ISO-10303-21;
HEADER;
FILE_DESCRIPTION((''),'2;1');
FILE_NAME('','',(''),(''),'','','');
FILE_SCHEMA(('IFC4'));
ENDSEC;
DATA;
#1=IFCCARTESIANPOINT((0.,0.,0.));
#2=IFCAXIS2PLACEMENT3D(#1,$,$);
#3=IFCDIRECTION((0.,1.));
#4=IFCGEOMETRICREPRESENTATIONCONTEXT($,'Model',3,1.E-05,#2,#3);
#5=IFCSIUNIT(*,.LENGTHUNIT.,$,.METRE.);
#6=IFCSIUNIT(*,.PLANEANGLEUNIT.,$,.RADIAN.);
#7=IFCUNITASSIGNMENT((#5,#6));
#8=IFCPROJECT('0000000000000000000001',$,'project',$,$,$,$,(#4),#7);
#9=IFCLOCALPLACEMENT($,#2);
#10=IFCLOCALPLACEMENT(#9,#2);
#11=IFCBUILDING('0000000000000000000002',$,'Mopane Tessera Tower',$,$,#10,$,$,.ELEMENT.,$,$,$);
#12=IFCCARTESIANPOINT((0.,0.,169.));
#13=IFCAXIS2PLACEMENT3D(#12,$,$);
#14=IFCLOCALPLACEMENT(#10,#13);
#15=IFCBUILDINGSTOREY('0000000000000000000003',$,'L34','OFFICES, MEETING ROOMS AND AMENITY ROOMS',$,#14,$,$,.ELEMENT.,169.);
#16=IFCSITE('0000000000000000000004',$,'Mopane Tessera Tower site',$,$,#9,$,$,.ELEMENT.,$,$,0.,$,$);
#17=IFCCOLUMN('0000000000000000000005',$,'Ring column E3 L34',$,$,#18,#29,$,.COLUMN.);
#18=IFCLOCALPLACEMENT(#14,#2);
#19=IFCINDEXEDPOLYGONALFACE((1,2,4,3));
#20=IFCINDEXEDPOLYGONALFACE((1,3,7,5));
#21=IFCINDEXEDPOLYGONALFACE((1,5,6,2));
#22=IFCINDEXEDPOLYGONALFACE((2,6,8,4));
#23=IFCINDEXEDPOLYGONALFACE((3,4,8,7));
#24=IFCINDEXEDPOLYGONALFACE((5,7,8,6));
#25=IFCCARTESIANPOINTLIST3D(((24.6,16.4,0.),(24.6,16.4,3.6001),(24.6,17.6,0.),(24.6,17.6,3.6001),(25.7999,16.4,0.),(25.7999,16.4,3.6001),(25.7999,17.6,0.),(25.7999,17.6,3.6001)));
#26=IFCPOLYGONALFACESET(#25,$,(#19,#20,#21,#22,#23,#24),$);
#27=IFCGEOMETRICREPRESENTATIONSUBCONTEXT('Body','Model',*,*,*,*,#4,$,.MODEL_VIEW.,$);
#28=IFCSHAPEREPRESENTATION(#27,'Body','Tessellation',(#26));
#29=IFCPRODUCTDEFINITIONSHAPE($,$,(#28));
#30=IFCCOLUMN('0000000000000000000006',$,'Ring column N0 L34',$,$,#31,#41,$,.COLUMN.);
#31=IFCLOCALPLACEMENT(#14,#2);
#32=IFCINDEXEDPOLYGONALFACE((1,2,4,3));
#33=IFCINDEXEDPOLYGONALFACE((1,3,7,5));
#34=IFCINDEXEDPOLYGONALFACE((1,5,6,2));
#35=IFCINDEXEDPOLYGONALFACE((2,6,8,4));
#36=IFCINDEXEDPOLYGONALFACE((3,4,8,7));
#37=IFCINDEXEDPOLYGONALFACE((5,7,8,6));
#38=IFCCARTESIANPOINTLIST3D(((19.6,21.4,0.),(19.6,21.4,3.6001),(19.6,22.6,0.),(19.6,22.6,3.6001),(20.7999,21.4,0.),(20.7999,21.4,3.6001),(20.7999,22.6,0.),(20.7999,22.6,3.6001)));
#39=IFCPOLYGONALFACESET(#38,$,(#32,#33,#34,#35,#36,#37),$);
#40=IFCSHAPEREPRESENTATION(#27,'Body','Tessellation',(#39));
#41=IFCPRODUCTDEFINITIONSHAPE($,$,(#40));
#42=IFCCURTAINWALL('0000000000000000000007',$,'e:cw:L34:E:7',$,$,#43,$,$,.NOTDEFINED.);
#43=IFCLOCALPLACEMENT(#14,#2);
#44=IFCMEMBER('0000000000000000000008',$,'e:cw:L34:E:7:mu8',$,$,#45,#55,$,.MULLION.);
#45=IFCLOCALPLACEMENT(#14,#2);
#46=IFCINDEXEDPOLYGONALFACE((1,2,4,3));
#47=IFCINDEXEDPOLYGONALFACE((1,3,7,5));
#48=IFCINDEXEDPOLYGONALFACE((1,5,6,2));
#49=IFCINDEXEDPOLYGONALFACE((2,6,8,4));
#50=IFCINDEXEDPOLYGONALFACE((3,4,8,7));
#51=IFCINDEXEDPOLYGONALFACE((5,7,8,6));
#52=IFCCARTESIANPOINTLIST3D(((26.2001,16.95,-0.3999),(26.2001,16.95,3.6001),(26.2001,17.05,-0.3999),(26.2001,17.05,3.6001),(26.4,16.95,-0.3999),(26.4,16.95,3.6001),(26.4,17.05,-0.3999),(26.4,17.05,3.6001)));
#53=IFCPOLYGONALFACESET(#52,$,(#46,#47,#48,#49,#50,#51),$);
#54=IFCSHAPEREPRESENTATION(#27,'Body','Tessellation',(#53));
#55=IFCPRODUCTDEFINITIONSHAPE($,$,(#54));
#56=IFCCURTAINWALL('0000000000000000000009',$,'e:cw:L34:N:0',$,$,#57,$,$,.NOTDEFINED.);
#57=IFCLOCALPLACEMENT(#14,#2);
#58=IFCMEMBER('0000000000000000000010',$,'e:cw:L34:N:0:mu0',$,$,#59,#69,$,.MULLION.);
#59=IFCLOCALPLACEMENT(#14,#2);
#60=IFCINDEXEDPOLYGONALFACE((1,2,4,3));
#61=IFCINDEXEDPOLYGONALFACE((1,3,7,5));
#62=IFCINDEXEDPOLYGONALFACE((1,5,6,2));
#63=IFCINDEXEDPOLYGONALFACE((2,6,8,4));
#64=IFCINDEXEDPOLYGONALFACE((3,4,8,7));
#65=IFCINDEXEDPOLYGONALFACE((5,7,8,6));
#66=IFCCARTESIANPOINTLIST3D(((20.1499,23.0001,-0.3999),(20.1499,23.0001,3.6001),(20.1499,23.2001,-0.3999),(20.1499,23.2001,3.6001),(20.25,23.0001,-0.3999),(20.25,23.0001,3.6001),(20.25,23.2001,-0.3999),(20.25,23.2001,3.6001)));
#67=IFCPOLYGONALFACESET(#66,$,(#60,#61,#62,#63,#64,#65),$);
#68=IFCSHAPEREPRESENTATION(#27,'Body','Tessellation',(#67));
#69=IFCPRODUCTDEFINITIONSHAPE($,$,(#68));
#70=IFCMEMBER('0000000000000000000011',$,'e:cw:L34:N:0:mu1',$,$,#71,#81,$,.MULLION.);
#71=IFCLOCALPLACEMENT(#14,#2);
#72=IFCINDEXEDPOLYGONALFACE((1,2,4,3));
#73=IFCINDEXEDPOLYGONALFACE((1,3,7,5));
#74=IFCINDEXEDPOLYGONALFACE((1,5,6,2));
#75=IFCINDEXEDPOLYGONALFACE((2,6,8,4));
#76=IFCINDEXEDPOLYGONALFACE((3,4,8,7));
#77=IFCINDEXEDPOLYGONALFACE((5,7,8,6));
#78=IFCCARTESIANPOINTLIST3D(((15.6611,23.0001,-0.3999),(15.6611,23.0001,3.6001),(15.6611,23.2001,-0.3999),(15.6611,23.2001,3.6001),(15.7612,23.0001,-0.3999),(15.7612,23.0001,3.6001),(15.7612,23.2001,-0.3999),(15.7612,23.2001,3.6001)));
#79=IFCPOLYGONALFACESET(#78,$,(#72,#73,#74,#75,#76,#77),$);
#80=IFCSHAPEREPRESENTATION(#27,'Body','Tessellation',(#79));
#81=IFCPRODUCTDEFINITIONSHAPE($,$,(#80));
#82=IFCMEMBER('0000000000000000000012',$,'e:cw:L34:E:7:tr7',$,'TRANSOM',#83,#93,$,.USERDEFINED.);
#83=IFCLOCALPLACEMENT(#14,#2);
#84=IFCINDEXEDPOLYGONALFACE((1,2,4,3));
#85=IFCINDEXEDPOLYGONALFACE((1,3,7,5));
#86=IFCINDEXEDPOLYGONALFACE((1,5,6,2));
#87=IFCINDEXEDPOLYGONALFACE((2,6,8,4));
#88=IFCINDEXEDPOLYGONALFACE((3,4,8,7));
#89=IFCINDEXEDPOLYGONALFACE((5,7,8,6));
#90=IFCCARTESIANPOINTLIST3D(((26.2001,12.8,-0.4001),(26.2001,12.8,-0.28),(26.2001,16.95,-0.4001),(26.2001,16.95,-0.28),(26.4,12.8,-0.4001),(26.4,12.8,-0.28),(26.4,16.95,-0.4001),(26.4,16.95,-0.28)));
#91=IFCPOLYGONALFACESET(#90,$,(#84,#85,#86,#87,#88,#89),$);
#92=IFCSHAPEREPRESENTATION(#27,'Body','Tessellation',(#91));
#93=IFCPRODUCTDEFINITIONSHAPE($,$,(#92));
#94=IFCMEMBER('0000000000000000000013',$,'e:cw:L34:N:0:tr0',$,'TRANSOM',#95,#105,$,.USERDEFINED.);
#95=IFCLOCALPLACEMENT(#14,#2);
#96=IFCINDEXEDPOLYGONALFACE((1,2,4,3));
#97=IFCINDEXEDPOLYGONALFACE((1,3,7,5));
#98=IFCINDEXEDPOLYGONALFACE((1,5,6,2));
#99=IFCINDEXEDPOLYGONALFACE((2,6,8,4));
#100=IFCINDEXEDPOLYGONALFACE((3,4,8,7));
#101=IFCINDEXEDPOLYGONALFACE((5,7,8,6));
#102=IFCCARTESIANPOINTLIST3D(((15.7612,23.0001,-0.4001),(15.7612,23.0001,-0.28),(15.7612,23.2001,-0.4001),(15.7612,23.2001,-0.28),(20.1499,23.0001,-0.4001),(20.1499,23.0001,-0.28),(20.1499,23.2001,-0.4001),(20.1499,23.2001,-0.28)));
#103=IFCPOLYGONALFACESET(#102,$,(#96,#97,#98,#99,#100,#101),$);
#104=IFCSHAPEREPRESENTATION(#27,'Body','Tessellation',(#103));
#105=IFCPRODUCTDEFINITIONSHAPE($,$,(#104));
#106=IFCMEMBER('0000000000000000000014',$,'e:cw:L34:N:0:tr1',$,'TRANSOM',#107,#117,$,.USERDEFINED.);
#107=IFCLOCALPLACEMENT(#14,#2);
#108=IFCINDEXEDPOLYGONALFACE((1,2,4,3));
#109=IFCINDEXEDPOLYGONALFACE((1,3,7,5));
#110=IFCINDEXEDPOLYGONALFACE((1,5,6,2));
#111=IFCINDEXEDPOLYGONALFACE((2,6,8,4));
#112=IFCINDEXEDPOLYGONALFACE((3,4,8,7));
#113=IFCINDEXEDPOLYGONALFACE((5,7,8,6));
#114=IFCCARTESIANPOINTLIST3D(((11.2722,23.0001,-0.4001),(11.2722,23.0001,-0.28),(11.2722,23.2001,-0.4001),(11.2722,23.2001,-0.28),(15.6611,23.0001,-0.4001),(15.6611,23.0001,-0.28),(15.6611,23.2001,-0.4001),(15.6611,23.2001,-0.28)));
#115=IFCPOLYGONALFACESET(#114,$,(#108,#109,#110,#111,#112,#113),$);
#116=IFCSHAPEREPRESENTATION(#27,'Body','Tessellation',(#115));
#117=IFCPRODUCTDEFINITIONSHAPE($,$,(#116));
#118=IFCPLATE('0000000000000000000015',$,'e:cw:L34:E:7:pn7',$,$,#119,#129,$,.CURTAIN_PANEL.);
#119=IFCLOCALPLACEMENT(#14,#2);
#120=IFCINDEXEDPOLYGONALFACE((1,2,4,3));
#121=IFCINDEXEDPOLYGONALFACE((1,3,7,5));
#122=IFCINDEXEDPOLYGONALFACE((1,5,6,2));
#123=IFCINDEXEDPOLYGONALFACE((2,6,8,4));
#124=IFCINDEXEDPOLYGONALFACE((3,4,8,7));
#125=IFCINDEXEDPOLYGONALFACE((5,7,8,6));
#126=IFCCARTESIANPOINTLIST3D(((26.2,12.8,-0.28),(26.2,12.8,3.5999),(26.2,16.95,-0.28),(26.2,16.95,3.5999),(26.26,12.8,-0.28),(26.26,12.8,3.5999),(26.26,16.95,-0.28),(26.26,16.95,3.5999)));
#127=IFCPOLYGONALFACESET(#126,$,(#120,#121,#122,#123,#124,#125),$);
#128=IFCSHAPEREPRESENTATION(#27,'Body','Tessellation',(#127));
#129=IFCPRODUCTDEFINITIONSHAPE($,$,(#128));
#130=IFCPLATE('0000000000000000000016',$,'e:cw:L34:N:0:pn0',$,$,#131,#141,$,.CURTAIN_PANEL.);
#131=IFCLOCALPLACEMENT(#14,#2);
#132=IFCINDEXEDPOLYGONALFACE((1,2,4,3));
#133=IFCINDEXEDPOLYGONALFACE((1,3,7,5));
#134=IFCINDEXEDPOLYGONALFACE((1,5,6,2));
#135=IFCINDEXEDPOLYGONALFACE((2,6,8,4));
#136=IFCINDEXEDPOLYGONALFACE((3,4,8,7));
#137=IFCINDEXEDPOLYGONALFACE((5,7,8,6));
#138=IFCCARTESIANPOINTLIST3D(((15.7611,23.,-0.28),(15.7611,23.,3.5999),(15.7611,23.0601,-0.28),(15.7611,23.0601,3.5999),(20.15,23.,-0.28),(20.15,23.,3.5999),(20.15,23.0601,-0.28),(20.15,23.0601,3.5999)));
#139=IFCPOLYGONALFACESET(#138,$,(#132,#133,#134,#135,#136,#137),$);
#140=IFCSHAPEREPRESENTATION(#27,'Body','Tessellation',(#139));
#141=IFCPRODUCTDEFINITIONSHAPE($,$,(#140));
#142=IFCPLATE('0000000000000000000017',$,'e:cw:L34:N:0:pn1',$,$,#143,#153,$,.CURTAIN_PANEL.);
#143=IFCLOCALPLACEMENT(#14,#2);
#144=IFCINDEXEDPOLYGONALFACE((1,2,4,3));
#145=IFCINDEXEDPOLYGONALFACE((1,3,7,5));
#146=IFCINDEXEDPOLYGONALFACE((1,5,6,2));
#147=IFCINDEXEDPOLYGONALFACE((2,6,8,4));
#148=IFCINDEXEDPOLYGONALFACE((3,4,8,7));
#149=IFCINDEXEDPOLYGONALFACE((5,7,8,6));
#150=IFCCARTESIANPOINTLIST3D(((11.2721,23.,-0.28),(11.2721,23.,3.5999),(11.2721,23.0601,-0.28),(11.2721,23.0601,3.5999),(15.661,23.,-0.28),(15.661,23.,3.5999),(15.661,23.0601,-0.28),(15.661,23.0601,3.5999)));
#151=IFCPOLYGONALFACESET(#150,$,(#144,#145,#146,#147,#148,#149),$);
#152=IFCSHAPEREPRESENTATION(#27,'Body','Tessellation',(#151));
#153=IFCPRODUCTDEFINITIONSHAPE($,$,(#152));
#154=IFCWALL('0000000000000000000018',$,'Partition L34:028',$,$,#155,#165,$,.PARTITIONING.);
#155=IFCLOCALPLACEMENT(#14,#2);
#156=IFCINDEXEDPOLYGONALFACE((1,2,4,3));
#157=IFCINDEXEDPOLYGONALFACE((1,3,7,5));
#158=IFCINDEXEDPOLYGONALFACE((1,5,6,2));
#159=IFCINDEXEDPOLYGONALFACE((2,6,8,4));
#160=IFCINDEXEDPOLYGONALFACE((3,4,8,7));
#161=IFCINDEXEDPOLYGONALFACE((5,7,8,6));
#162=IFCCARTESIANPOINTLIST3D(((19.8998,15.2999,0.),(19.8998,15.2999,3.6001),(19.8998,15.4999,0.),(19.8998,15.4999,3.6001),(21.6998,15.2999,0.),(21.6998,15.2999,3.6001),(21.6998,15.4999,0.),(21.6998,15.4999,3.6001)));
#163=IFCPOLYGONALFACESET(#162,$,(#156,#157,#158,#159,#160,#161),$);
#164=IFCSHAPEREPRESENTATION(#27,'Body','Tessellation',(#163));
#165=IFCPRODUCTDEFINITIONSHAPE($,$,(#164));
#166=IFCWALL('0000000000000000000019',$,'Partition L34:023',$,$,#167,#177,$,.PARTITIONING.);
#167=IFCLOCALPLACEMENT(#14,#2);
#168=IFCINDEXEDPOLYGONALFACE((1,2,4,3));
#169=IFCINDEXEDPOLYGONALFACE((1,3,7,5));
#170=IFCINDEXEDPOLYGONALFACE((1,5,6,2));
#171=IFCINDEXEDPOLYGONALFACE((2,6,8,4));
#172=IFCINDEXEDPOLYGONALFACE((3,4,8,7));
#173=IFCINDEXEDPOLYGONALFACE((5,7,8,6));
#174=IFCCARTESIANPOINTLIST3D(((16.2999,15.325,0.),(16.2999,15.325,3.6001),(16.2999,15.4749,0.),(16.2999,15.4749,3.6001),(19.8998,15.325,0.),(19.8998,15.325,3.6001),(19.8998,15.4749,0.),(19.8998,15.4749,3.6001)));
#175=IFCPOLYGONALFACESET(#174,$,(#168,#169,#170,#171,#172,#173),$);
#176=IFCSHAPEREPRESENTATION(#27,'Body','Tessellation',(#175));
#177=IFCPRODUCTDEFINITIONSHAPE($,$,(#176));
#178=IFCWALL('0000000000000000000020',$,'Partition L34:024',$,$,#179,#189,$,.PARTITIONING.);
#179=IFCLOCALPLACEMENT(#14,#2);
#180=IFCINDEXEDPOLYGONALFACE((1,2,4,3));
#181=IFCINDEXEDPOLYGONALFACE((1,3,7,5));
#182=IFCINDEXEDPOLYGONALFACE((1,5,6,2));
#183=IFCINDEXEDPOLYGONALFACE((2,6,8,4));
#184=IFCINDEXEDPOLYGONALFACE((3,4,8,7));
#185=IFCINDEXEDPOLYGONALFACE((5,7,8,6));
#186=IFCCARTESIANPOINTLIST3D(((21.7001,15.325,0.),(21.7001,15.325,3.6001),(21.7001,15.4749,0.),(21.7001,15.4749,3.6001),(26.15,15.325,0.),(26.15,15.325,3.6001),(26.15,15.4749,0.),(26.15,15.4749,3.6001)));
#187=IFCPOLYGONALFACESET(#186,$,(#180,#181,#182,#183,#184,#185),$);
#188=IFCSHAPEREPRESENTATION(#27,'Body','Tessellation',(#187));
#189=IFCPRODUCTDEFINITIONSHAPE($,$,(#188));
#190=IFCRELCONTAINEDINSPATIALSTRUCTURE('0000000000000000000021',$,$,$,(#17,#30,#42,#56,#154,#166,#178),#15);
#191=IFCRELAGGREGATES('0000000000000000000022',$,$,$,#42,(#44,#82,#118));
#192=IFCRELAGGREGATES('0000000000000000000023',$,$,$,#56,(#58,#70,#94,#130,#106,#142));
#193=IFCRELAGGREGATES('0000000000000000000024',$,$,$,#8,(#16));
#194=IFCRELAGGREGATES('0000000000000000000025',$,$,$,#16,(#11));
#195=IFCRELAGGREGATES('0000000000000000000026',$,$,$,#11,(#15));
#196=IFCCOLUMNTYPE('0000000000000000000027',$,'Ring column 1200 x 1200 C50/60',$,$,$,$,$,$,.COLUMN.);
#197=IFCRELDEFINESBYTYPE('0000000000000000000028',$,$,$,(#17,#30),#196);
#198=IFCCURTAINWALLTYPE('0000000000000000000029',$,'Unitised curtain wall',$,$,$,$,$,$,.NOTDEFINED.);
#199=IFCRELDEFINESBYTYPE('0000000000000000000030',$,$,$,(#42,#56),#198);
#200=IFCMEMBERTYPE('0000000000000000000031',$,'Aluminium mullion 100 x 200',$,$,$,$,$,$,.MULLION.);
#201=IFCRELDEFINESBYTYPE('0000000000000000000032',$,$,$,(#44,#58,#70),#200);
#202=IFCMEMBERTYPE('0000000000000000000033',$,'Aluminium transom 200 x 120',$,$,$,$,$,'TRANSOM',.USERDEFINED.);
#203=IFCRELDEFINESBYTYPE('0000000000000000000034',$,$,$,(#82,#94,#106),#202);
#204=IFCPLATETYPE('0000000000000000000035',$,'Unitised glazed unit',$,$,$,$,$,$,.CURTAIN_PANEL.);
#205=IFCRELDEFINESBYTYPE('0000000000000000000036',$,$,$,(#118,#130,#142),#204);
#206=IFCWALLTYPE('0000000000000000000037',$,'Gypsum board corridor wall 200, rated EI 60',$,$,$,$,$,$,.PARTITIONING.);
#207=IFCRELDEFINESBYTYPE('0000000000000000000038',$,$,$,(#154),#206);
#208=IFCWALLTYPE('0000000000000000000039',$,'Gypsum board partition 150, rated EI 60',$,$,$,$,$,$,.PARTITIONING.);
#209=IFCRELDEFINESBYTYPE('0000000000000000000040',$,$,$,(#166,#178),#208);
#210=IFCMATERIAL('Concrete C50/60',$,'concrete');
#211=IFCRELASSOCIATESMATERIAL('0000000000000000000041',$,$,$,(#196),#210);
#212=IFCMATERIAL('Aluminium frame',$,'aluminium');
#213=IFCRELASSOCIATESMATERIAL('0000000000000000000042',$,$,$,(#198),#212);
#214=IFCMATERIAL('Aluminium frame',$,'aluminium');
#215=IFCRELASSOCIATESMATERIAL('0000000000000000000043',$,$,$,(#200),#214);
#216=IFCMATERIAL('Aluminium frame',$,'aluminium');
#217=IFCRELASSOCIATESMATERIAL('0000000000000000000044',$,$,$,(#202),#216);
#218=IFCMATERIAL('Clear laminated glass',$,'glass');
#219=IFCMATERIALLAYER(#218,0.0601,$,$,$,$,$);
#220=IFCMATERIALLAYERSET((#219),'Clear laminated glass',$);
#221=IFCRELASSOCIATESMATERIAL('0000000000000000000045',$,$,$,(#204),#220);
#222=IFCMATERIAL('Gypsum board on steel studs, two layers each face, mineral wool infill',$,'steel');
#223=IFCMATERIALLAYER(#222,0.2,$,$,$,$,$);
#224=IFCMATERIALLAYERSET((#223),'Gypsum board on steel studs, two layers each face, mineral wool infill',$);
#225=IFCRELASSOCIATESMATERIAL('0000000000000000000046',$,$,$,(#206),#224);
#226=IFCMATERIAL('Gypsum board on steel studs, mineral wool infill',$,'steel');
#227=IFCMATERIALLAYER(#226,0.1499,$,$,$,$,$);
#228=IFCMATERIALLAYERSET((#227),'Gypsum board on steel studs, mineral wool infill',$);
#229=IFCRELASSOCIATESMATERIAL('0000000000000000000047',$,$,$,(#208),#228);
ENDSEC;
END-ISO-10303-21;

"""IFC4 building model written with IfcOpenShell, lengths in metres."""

from ifc_helpers import new_model, si_unit, direction, frame, frame_2d, origin, origin_2d, place, context, subcontext, project, spatial, rectangle, extrude, material, layer, layer_set, material_profile, profile_set, type_object, element, aggregate, save


model = new_model("IFC4")

# Units and contexts
model_context = context("Model", 3, precision=1e-05, world=origin(), true_north=direction((0.0, 1.0)))
body_context = subcontext(model_context, "Body", "Model", "MODEL_VIEW")
ifc_project = project(units=[si_unit("LENGTHUNIT", "METRE"), si_unit("PLANEANGLEUNIT", "RADIAN")], contexts=[model_context])

# Site, building, storey
site_placement = place(None, origin())
site = spatial("IfcSite", under=ifc_project, at=site_placement, Name="Mopane Tessera Tower site", CompositionType="ELEMENT", RefElevation=0.0)
building_placement = place(site_placement, origin())
building = spatial("IfcBuilding", under=site, at=building_placement, Name="Mopane Tessera Tower", CompositionType="ELEMENT")
storey_placement = place(building_placement, frame((0.0, 0.0, 169.0)))
storey = spatial("IfcBuildingStorey", under=building, at=storey_placement, Name="L34", Description="OFFICES, MEETING ROOMS AND AMENITY ROOMS", CompositionType="ELEMENT", Elevation=169.0)

# Columns
ifc_material_1 = material(Name="Concrete C50/60", Category="concrete")
ifc_material_profile_1 = material_profile(ifc_material_1, rectangle(XDim=1.2, YDim=1.2, at=origin_2d()))
ifc_profile_set_1 = profile_set([ifc_material_profile_1], Name="Concrete C50/60")
column_type = type_object("IfcColumnType", Name="Ring column 1200 x 1200 C50/60", PredefinedType="COLUMN", material=ifc_profile_set_1)
for number, where, z_axis, x_axis, name in (
    (1, (25.2, 17.0, 0.0), (0.0, 0.0, 1.0), (1.0, 0.0, 0.0), "Ring column E3 L34"),
    (2, (20.2, 22.0, 0.0), (0.0, 0.0, 1.0), (1.0, 0.0, 0.0), "Ring column N0 L34"),
):
    element("IfcColumn", number, at=place(storey_placement, frame(where, z_axis=z_axis, x_axis=x_axis)), inside=storey, type_object=column_type, Name=name, PredefinedType="COLUMN", context=body_context, shape_type="SweptSolid", body=[
        extrude(rectangle(XDim=1.2, YDim=1.2, at=origin_2d()), origin(), (0.0, 0.0, 1.0), 3.6001),
    ])

# Curtain wall, member
ifc_material_2 = material(Name="Aluminium frame", Category="aluminium")
curtain_wall_type = type_object("IfcCurtainWallType", Name="Unitised curtain wall", PredefinedType="NOTDEFINED", material=ifc_material_2)
curtain_wall_1_placement = place(storey_placement, origin())
curtain_wall_1 = element("IfcCurtainWall", 3, at=curtain_wall_1_placement, inside=storey, type_object=curtain_wall_type, Name="e:cw:L34:E:7", PredefinedType="NOTDEFINED")
ifc_material_3 = material(Name="Aluminium frame", Category="aluminium")
ifc_material_profile_2 = material_profile(ifc_material_3, rectangle(XDim=0.1001, YDim=0.2, at=origin_2d()))
ifc_profile_set_2 = profile_set([ifc_material_profile_2], Name="Aluminium frame")
member_type_1 = type_object("IfcMemberType", Name="Aluminium mullion 100 x 200", PredefinedType="MULLION", material=ifc_profile_set_2)
member_1_placement = place(storey_placement, frame((26.3, 17.0, -0.3999), z_axis=(0.0, 0.0, 1.0), x_axis=(0.0, 1.0, 0.0)))
member_1 = element("IfcMember", 4, at=member_1_placement, type_object=member_type_1, Name="e:cw:L34:E:7:mu8", PredefinedType="MULLION", context=body_context, shape_type="SweptSolid", body=[
    extrude(rectangle(XDim=0.1001, YDim=0.2, at=origin_2d()), origin(), (0.0, 0.0, 1.0), 4.0),
])

# Curtain wall, members
curtain_wall_2_placement = place(storey_placement, origin())
curtain_wall_2 = element("IfcCurtainWall", 5, at=curtain_wall_2_placement, inside=storey, type_object=curtain_wall_type, Name="e:cw:L34:N:0", PredefinedType="NOTDEFINED")
member_2_placement = place(storey_placement, frame((20.2, 23.1001, -0.3999), z_axis=(0.0, 0.0, 1.0), x_axis=(-1.0, 0.0, 0.0)))
member_2 = element("IfcMember", 6, at=member_2_placement, type_object=member_type_1, Name="e:cw:L34:N:0:mu0", PredefinedType="MULLION", context=body_context, shape_type="SweptSolid", body=[
    extrude(rectangle(XDim=0.1001, YDim=0.2, at=origin_2d()), origin(), (0.0, 0.0, 1.0), 4.0),
])
member_3_placement = place(storey_placement, frame((15.7112, 23.1001, -0.3999), z_axis=(0.0, 0.0, 1.0), x_axis=(-1.0, 0.0, 0.0)))
member_3 = element("IfcMember", 7, at=member_3_placement, type_object=member_type_1, Name="e:cw:L34:N:0:mu1", PredefinedType="MULLION", context=body_context, shape_type="SweptSolid", body=[
    extrude(rectangle(XDim=0.1001, YDim=0.2, at=origin_2d()), origin(), (0.0, 0.0, 1.0), 4.0),
])

# Members
ifc_material_4 = material(Name="Aluminium frame", Category="aluminium")
ifc_material_profile_3 = material_profile(ifc_material_4, rectangle(XDim=0.2, YDim=0.1201, at=origin_2d()))
ifc_profile_set_3 = profile_set([ifc_material_profile_3], Name="Aluminium frame")
member_type_2 = type_object("IfcMemberType", Name="Aluminium transom 200 x 120", ElementType="TRANSOM", PredefinedType="USERDEFINED", material=ifc_profile_set_3)
member_4_placement = place(storey_placement, frame((26.3, 12.8, -0.3401), z_axis=(0.0, 1.0, 0.0), x_axis=(-1.0, 0.0, 0.0)))
member_4 = element("IfcMember", 8, at=member_4_placement, type_object=member_type_2, Name="e:cw:L34:E:7:tr7", ObjectType="TRANSOM", PredefinedType="USERDEFINED", context=body_context, shape_type="SweptSolid", body=[
    extrude(rectangle(XDim=0.2, YDim=0.1201, at=origin_2d()), origin(), (0.0, 0.0, 1.0), 4.1499),
])
member_5_placement = place(storey_placement, frame((20.1499, 23.1001, -0.3401), z_axis=(-1.0, 0.0, 0.0), x_axis=(0.0, -1.0, 0.0)))
member_5 = element("IfcMember", 9, at=member_5_placement, type_object=member_type_2, Name="e:cw:L34:N:0:tr0", ObjectType="TRANSOM", PredefinedType="USERDEFINED", context=body_context, shape_type="SweptSolid", body=[
    extrude(rectangle(XDim=0.2, YDim=0.1201, at=origin_2d()), origin(), (0.0, 0.0, 1.0), 4.3887),
])
member_6_placement = place(storey_placement, frame((15.6611, 23.1001, -0.3401), z_axis=(-1.0, 0.0, 0.0), x_axis=(0.0, -1.0, 0.0)))
member_6 = element("IfcMember", 10, at=member_6_placement, type_object=member_type_2, Name="e:cw:L34:N:0:tr1", ObjectType="TRANSOM", PredefinedType="USERDEFINED", context=body_context, shape_type="SweptSolid", body=[
    extrude(rectangle(XDim=0.2, YDim=0.1201, at=origin_2d()), origin(), (0.0, 0.0, 1.0), 4.3889),
])

# Plates
ifc_material_5 = material(Name="Clear laminated glass", Category="glass")
ifc_layer_1 = layer(ifc_material_5, 0.0601)
ifc_layer_set_1 = layer_set([ifc_layer_1], Name="Clear laminated glass")
plate_type = type_object("IfcPlateType", Name="Unitised glazed unit", PredefinedType="CURTAIN_PANEL", material=ifc_layer_set_1)
plate_1_placement = place(storey_placement, frame((26.23, 14.875, -0.28), z_axis=(0.0, 0.0, 1.0), x_axis=(0.0, 1.0, 0.0)))
plate_1 = element("IfcPlate", 11, at=plate_1_placement, type_object=plate_type, Name="e:cw:L34:E:7:pn7", PredefinedType="CURTAIN_PANEL", context=body_context, shape_type="SweptSolid", body=[
    extrude(rectangle(XDim=4.1499, YDim=0.0601, at=origin_2d()), origin(), (0.0, 0.0, 1.0), 3.8799),
])
aggregate(curtain_wall_1, [member_1, member_4, plate_1])
plate_2_placement = place(storey_placement, frame((17.9556, 23.03, -0.28), z_axis=(0.0, 0.0, 1.0), x_axis=(-1.0, 0.0, 0.0)))
plate_2 = element("IfcPlate", 12, at=plate_2_placement, type_object=plate_type, Name="e:cw:L34:N:0:pn0", PredefinedType="CURTAIN_PANEL", context=body_context, shape_type="SweptSolid", body=[
    extrude(rectangle(XDim=4.3889, YDim=0.0601, at=origin_2d()), origin(), (0.0, 0.0, 1.0), 3.8799),
])
plate_3_placement = place(storey_placement, frame((13.4666, 23.03, -0.28), z_axis=(0.0, 0.0, 1.0), x_axis=(-1.0, 0.0, 0.0)))
plate_3 = element("IfcPlate", 13, at=plate_3_placement, type_object=plate_type, Name="e:cw:L34:N:0:pn1", PredefinedType="CURTAIN_PANEL", context=body_context, shape_type="SweptSolid", body=[
    extrude(rectangle(XDim=4.3889, YDim=0.0601, at=origin_2d()), origin(), (0.0, 0.0, 1.0), 3.8799),
])
aggregate(curtain_wall_2, [member_2, member_3, member_5, plate_2, member_6, plate_3])

# Walls
ifc_material_6 = material(Name="Gypsum board on steel studs, two layers each face, mineral wool infill", Category="steel")
ifc_layer_2 = layer(ifc_material_6, 0.2)
ifc_layer_set_2 = layer_set([ifc_layer_2], Name="Gypsum board on steel studs, two layers each face, mineral wool infill")
wall_type_1 = type_object("IfcWallType", Name="Gypsum board corridor wall 200, rated EI 60", PredefinedType="PARTITIONING", material=ifc_layer_set_2)
wall_1_placement = place(storey_placement, frame((19.8999, 15.3999, 0.0), z_axis=(0.0, 0.0, 1.0), x_axis=(1.0, 0.0, 0.0)))
element("IfcWall", 14, at=wall_1_placement, inside=storey, type_object=wall_type_1, Name="Partition L34:028", PredefinedType="PARTITIONING", context=body_context, shape_type="SweptSolid", body=[
    extrude(rectangle(XDim=1.8, YDim=0.2, at=frame_2d((0.8999, 0.0))), origin(), (0.0, 0.0, 1.0), 3.6001),
])
ifc_material_7 = material(Name="Gypsum board on steel studs, mineral wool infill", Category="steel")
ifc_layer_3 = layer(ifc_material_7, 0.1499)
ifc_layer_set_3 = layer_set([ifc_layer_3], Name="Gypsum board on steel studs, mineral wool infill")
wall_type_2 = type_object("IfcWallType", Name="Gypsum board partition 150, rated EI 60", PredefinedType="PARTITIONING", material=ifc_layer_set_3)
wall_2_placement = place(storey_placement, frame((16.3, 15.3999, 0.0), z_axis=(0.0, 0.0, 1.0), x_axis=(1.0, 0.0, 0.0)))
element("IfcWall", 15, at=wall_2_placement, inside=storey, type_object=wall_type_2, Name="Partition L34:023", PredefinedType="PARTITIONING", context=body_context, shape_type="SweptSolid", body=[
    extrude(rectangle(XDim=3.5999, YDim=0.1499, at=frame_2d((1.7998, 0.0))), origin(), (0.0, 0.0, 1.0), 3.6001),
])
wall_3_placement = place(storey_placement, frame((21.7, 15.3999, 0.0), z_axis=(0.0, 0.0, 1.0), x_axis=(1.0, 0.0, 0.0)))
element("IfcWall", 16, at=wall_3_placement, inside=storey, type_object=wall_type_2, Name="Partition L34:024", PredefinedType="PARTITIONING", context=body_context, shape_type="SweptSolid", body=[
    extrude(rectangle(XDim=4.45, YDim=0.1499, at=frame_2d((2.2251, 0.0))), origin(), (0.0, 0.0, 1.0), 3.6001),
])

save(model, "model.ifc")
